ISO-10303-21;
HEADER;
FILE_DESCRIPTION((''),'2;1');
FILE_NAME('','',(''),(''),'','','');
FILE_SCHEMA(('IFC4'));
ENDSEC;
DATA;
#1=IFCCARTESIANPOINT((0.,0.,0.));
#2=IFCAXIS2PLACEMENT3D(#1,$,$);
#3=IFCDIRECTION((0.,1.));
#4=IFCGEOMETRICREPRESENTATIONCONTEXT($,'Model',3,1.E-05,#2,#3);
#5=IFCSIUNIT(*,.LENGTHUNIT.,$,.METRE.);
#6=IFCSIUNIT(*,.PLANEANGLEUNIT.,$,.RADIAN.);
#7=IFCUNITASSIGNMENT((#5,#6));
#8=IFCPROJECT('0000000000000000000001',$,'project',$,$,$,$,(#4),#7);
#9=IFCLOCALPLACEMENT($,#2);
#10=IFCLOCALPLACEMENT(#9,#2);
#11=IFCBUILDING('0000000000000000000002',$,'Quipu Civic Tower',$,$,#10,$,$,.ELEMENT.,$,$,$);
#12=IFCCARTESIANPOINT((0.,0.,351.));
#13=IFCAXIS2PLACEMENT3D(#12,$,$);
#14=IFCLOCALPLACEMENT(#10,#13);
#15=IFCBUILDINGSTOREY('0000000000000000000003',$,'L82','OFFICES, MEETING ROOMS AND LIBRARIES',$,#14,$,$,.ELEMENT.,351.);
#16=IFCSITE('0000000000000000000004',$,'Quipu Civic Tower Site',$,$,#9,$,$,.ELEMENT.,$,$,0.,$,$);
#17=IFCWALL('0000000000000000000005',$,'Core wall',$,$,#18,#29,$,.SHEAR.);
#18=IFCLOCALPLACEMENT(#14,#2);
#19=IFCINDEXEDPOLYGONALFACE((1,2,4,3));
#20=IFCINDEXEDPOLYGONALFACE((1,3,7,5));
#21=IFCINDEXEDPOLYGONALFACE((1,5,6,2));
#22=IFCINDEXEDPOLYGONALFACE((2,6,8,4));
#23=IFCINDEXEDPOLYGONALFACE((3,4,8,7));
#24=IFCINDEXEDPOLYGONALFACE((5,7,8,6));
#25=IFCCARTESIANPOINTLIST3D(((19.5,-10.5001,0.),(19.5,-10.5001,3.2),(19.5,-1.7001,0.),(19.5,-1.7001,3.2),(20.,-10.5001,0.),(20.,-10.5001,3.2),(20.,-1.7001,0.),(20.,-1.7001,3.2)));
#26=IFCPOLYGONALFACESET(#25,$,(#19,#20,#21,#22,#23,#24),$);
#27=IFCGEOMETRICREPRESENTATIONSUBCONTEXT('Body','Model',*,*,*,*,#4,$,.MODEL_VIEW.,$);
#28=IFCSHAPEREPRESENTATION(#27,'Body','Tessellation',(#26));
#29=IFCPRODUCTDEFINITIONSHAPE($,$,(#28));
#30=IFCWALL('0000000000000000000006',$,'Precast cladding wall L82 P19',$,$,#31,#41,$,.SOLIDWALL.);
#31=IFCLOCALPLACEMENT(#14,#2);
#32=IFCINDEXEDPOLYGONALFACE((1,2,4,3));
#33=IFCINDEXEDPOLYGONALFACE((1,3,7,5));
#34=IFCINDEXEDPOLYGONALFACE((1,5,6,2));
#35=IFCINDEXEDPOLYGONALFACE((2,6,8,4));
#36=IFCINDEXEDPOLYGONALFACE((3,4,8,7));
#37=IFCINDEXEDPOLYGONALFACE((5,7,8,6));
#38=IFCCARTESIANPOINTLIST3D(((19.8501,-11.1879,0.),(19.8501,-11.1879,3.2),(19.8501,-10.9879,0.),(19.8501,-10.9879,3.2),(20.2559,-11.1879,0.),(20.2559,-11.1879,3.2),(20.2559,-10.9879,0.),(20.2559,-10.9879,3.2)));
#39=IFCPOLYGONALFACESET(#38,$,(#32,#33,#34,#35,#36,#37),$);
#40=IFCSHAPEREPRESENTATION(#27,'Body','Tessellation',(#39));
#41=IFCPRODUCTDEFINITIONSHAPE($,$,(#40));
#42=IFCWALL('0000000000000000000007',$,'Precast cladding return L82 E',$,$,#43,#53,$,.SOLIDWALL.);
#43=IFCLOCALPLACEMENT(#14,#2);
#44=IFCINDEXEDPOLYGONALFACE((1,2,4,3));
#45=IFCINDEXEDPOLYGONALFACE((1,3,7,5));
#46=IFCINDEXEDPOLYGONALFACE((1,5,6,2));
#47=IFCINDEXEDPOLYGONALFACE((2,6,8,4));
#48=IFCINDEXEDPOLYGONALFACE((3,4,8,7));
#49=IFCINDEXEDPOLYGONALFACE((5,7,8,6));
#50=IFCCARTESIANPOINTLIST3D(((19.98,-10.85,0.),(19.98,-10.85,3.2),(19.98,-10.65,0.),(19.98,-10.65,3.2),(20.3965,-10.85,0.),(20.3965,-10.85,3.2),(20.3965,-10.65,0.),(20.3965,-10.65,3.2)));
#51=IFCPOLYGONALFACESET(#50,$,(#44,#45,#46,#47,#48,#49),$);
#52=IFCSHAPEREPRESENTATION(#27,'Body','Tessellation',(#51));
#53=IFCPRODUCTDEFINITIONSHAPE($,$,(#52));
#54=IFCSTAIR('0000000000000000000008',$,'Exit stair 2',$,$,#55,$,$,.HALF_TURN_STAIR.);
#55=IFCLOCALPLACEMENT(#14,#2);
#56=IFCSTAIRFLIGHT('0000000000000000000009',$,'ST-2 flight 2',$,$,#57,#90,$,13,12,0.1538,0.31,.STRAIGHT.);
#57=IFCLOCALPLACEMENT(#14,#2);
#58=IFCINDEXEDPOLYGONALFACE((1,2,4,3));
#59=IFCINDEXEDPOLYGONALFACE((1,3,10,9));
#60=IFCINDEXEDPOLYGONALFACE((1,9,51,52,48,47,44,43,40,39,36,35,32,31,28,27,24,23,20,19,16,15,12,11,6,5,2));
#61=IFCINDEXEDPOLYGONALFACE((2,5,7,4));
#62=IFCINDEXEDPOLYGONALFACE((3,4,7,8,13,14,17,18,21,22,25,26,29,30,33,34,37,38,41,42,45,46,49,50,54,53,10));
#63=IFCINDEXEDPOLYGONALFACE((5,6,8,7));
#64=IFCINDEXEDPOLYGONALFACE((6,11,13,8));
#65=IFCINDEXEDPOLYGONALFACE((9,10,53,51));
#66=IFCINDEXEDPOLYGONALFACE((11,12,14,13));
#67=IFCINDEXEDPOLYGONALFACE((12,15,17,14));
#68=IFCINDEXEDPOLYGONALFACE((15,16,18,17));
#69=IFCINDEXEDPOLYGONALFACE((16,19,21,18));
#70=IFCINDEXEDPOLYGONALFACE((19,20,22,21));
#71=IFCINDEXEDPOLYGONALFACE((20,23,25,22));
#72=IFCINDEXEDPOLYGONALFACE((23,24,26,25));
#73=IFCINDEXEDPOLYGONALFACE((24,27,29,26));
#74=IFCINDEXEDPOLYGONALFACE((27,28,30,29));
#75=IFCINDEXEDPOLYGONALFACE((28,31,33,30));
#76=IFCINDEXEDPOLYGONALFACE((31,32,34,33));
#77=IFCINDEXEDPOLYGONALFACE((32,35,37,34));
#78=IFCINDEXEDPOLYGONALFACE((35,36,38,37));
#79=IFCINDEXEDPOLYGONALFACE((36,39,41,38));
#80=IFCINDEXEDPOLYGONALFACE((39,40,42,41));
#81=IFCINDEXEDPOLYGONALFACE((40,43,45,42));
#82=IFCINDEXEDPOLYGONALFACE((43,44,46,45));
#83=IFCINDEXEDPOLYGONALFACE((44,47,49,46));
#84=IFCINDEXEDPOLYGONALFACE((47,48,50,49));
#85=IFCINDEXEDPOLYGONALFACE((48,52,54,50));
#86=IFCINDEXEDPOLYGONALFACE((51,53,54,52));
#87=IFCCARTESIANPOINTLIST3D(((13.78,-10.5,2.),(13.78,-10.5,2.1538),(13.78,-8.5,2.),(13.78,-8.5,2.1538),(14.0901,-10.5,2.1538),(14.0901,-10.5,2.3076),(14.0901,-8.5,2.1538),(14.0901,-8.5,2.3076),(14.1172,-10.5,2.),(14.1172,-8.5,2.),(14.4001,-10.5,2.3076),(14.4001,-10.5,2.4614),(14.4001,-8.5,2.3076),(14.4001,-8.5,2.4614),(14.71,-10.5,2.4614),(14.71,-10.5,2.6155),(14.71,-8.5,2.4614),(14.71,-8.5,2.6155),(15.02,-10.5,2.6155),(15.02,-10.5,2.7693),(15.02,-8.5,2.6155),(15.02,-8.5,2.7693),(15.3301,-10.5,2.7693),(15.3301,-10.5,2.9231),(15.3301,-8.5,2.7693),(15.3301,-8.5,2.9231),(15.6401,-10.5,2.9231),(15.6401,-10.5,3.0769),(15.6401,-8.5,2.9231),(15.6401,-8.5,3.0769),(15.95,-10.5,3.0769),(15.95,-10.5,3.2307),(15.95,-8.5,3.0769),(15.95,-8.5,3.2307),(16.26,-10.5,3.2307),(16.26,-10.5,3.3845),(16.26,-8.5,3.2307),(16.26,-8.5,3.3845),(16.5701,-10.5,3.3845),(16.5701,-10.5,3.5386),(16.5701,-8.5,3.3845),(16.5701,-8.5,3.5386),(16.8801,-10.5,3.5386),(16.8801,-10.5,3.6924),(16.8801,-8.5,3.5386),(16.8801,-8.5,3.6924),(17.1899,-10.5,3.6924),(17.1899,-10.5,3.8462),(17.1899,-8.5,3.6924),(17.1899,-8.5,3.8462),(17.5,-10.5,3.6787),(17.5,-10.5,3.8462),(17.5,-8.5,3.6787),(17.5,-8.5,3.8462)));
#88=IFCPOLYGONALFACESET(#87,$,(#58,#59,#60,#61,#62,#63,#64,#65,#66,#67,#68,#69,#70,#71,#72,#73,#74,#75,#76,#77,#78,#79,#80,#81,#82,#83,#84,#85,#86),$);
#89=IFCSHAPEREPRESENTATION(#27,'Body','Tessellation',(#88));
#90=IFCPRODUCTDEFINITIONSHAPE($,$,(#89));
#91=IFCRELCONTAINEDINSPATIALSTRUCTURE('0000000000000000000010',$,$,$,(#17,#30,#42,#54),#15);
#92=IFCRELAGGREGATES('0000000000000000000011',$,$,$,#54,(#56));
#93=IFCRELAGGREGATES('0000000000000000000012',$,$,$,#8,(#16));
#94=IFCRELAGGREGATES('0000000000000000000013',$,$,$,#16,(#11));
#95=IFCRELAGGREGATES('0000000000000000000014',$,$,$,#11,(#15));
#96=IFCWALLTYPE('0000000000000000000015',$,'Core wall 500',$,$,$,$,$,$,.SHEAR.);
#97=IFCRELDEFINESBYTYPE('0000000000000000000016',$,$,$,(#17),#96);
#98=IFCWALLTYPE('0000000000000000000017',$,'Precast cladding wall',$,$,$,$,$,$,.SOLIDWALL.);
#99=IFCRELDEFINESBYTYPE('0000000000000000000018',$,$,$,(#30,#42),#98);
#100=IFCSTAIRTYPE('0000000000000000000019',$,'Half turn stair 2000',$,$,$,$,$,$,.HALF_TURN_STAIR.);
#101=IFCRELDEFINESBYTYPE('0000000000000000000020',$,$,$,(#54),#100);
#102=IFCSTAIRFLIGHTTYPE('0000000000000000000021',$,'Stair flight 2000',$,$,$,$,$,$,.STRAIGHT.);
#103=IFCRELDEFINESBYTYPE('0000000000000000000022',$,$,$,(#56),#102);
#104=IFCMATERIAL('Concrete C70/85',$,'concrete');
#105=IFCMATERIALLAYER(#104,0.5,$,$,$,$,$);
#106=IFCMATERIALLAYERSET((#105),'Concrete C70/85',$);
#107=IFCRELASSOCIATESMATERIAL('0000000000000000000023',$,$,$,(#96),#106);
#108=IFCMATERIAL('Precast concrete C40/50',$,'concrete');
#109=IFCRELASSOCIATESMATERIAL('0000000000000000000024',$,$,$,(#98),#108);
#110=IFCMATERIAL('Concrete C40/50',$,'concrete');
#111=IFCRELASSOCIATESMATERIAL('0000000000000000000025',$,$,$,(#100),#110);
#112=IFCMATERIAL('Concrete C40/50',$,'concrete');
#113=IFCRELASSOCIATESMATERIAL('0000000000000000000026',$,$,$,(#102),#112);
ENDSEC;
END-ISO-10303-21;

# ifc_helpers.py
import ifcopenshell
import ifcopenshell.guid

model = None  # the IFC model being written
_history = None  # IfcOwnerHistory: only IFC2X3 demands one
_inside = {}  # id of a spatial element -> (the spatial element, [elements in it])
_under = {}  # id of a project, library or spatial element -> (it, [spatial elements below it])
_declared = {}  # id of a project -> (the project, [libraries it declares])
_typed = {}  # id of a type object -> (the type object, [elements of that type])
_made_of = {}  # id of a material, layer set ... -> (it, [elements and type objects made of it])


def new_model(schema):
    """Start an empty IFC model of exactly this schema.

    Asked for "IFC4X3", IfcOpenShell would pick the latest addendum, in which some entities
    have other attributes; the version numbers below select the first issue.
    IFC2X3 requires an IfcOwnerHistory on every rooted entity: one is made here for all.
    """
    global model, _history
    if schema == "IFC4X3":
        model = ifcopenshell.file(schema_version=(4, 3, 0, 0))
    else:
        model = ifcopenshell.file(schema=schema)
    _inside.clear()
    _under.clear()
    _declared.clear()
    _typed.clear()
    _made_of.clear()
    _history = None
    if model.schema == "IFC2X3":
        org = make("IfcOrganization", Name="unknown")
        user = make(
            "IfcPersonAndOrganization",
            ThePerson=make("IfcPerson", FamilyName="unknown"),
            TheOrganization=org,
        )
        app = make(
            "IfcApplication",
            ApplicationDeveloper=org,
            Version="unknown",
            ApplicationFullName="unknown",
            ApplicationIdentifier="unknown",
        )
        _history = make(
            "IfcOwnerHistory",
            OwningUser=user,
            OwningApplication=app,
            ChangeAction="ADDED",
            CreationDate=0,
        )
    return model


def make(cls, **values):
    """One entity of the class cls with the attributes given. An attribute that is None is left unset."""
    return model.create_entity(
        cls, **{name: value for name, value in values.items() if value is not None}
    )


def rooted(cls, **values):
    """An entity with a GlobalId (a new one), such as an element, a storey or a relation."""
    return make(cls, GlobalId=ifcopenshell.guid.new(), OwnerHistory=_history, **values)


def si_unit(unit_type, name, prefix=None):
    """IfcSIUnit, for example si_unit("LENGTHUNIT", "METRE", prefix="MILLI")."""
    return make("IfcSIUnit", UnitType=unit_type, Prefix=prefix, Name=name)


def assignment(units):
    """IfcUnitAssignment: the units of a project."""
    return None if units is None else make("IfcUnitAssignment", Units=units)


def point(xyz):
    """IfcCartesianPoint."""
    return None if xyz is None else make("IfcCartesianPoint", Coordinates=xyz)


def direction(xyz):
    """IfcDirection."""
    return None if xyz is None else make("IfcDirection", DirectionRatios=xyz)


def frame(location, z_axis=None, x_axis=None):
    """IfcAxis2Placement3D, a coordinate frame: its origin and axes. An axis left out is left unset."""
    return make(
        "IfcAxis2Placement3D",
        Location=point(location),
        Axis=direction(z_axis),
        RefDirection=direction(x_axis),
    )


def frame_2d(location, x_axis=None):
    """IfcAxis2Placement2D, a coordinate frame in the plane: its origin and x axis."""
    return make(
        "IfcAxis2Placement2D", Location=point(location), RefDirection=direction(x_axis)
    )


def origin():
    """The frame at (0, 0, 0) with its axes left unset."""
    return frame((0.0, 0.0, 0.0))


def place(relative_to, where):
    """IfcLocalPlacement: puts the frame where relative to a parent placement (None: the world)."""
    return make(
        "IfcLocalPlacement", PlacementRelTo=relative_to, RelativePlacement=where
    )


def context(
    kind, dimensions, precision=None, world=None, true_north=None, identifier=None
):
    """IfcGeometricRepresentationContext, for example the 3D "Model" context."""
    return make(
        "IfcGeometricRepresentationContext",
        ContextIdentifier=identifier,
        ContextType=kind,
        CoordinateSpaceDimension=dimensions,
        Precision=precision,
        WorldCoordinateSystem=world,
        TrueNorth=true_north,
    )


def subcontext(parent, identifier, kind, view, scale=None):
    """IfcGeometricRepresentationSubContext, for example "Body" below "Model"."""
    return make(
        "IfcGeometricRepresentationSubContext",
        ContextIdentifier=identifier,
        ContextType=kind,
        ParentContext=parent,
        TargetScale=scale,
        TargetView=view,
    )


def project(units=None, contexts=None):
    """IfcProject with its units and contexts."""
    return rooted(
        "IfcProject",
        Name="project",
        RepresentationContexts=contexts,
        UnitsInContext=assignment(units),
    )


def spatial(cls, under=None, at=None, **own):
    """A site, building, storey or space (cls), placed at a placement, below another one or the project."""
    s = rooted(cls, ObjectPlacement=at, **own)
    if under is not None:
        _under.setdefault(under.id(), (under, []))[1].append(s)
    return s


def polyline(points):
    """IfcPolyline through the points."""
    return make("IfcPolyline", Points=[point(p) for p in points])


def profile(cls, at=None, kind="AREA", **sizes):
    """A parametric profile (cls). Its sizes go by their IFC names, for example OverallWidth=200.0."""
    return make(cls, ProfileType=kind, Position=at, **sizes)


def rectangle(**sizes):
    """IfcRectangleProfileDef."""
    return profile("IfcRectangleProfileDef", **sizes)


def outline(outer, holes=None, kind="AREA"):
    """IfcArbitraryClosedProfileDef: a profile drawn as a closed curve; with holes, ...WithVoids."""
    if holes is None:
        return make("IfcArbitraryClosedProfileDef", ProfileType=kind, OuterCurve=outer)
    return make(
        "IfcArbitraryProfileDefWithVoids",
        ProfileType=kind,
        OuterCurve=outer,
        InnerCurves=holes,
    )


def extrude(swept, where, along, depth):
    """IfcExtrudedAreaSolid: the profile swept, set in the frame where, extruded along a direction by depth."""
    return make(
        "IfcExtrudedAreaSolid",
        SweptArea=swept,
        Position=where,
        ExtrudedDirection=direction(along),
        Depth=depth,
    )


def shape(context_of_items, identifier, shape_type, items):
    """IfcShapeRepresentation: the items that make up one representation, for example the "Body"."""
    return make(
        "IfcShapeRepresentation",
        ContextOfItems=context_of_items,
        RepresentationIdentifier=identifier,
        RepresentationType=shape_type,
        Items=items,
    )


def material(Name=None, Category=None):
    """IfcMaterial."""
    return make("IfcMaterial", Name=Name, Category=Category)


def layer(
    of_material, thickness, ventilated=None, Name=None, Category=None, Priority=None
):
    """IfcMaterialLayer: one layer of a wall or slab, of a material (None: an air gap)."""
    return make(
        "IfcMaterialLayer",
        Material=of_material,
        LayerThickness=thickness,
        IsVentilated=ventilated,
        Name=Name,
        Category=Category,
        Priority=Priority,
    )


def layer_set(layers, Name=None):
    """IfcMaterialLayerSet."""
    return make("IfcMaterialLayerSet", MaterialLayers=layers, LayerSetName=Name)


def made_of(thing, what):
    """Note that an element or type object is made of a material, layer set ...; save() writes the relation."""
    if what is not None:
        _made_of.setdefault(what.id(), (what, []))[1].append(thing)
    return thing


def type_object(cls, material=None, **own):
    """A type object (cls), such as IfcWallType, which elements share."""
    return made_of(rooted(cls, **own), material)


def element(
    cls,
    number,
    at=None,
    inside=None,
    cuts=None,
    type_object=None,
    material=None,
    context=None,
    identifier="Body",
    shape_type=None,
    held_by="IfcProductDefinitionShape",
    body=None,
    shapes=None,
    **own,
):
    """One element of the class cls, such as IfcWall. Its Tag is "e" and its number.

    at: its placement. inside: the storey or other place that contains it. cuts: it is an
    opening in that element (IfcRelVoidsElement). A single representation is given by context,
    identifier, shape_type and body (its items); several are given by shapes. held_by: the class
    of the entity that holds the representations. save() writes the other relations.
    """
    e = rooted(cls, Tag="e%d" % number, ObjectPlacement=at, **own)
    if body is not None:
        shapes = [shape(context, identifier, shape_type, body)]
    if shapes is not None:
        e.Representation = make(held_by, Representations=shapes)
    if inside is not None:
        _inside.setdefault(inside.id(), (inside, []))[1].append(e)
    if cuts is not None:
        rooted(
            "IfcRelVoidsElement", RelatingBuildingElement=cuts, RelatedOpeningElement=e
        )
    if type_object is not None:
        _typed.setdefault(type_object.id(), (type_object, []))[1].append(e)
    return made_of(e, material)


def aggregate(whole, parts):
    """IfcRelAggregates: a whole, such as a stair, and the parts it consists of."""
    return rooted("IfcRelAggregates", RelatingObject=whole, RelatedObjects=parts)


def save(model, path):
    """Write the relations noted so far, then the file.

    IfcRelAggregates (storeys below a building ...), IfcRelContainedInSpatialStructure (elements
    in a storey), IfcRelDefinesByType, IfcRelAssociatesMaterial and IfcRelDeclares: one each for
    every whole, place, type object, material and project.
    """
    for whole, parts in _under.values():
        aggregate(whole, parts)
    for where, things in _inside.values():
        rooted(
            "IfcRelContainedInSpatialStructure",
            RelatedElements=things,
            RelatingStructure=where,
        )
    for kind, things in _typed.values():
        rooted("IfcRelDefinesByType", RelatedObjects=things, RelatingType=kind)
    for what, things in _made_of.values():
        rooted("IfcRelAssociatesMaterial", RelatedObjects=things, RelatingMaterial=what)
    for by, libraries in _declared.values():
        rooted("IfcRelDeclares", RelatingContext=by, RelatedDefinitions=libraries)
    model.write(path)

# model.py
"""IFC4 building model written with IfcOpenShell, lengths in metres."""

from ifc_helpers import new_model, si_unit, direction, frame, frame_2d, origin, place, context, subcontext, project, spatial, polyline, rectangle, outline, extrude, material, layer, layer_set, type_object, element, aggregate, save


model = new_model("IFC4")

# Units and contexts
model_context = context("Model", 3, precision=1e-05, world=origin(), true_north=direction((0.0, 1.0)))
body_context = subcontext(model_context, "Body", "Model", "MODEL_VIEW")
ifc_project = project(units=[si_unit("LENGTHUNIT", "METRE"), si_unit("PLANEANGLEUNIT", "RADIAN")], contexts=[model_context])

# Site, building, storey
site_placement = place(None, origin())
site = spatial("IfcSite", under=ifc_project, at=site_placement, Name="Quipu Civic Tower Site", CompositionType="ELEMENT", RefElevation=0.0)
building_placement = place(site_placement, origin())
building = spatial("IfcBuilding", under=site, at=building_placement, Name="Quipu Civic Tower", CompositionType="ELEMENT")
storey_placement = place(building_placement, frame((0.0, 0.0, 351.0)))
storey = spatial("IfcBuildingStorey", under=building, at=storey_placement, Name="L82", Description="OFFICES, MEETING ROOMS AND LIBRARIES", CompositionType="ELEMENT", Elevation=351.0)

# Walls
ifc_material_1 = material(Name="Concrete C70/85", Category="concrete")
ifc_layer_1 = layer(ifc_material_1, 0.5)
ifc_layer_set_1 = layer_set([ifc_layer_1], Name="Concrete C70/85")
wall_type_1 = type_object("IfcWallType", Name="Core wall 500", PredefinedType="SHEAR", material=ifc_layer_set_1)
wall_1_placement = place(storey_placement, frame((19.75, -10.5, 0.0), z_axis=(0.0, 0.0, 1.0), x_axis=(0.0, 1.0, 0.0)))
element("IfcWall", 1, at=wall_1_placement, inside=storey, type_object=wall_type_1, Name="Core wall", PredefinedType="SHEAR", context=body_context, shape_type="SweptSolid", body=[
    extrude(rectangle(XDim=8.8, YDim=0.5, at=frame_2d((4.3999, 0.0))), origin(), (0.0, 0.0, 1.0), 3.2),
])
ifc_material_2 = material(Name="Precast concrete C40/50", Category="concrete")
wall_type_2 = type_object("IfcWallType", Name="Precast cladding wall", PredefinedType="SOLIDWALL", material=ifc_material_2)
wall_2_placement = place(storey_placement, frame((19.8501, -11.0879, 0.0), z_axis=(0.0, 0.0, 1.0), x_axis=(1.0, 0.0, 0.0)))
element("IfcWall", 2, at=wall_2_placement, inside=storey, type_object=wall_type_2, Name="Precast cladding wall L82 P19", PredefinedType="SOLIDWALL", context=body_context, shape_type="SweptSolid", body=[
    extrude(rectangle(XDim=0.4058, YDim=0.2, at=frame_2d((0.2029, 0.0))), origin(), (0.0, 0.0, 1.0), 3.2),
])
wall_3_placement = place(storey_placement, frame((19.98, -10.75, 0.0), z_axis=(0.0, 0.0, 1.0), x_axis=(1.0, 0.0, 0.0)))
element("IfcWall", 3, at=wall_3_placement, inside=storey, type_object=wall_type_2, Name="Precast cladding return L82 E", PredefinedType="SOLIDWALL", context=body_context, shape_type="SweptSolid", body=[
    extrude(rectangle(XDim=0.4165, YDim=0.2, at=frame_2d((0.2083, 0.0))), origin(), (0.0, 0.0, 1.0), 3.2),
])

# Stair, stair flight
ifc_material_3 = material(Name="Concrete C40/50", Category="concrete")
stair_type = type_object("IfcStairType", Name="Half turn stair 2000", PredefinedType="HALF_TURN_STAIR", material=ifc_material_3)
stair_placement = place(storey_placement, origin())
stair = element("IfcStair", 4, at=stair_placement, inside=storey, type_object=stair_type, Name="Exit stair 2", PredefinedType="HALF_TURN_STAIR")
ifc_material_4 = material(Name="Concrete C40/50", Category="concrete")
stair_flight_type = type_object("IfcStairFlightType", Name="Stair flight 2000", PredefinedType="STRAIGHT", material=ifc_material_4)
stair_flight_placement = place(storey_placement, frame((13.78, -9.5, 2.0), z_axis=(0.0, 0.0, 1.0), x_axis=(1.0, 0.0, 0.0)))
stair_flight = element("IfcStairFlight", 5, at=stair_flight_placement, type_object=stair_flight_type, Name="ST-2 flight 2", NumberOfRisers=13, NumberOfTreads=12, PredefinedType="STRAIGHT", RiserHeight=0.1538, TreadLength=0.31, context=body_context, shape_type="SweptSolid", body=[
    extrude(outline(polyline([(0.0, 0.0), (0.0, 0.1538), (0.3101, 0.1538), (0.3101, 0.3076), (0.6201, 0.3076), (0.6201, 0.4614), (0.9299, 0.4614), (0.9299, 0.6155), (1.24, 0.6155), (1.24, 0.7693), (1.55, 0.7693), (1.55, 0.9231), (1.8601, 0.9231), (1.8601, 1.0769), (2.1699, 1.0769), (2.1699, 1.2307), (2.48, 1.2307), (2.48, 1.3845), (2.79, 1.3845), (2.79, 1.5386), (3.1001, 1.5386), (3.1001, 1.6924), (3.4099, 1.6924), (3.4099, 1.8462), (3.72, 1.8462), (3.72, 2.0), (3.72, 1.6787), (0.3372, 0.0), (0.0, 0.0)])), frame((0.0, 1.0, 0.0), z_axis=(0.0, -1.0, 0.0), x_axis=(1.0, 0.0, 0.0)), (0.0, 0.0, 1.0), 2.0),
])
aggregate(stair, [stair_flight])

save(model, "model.ifc")
